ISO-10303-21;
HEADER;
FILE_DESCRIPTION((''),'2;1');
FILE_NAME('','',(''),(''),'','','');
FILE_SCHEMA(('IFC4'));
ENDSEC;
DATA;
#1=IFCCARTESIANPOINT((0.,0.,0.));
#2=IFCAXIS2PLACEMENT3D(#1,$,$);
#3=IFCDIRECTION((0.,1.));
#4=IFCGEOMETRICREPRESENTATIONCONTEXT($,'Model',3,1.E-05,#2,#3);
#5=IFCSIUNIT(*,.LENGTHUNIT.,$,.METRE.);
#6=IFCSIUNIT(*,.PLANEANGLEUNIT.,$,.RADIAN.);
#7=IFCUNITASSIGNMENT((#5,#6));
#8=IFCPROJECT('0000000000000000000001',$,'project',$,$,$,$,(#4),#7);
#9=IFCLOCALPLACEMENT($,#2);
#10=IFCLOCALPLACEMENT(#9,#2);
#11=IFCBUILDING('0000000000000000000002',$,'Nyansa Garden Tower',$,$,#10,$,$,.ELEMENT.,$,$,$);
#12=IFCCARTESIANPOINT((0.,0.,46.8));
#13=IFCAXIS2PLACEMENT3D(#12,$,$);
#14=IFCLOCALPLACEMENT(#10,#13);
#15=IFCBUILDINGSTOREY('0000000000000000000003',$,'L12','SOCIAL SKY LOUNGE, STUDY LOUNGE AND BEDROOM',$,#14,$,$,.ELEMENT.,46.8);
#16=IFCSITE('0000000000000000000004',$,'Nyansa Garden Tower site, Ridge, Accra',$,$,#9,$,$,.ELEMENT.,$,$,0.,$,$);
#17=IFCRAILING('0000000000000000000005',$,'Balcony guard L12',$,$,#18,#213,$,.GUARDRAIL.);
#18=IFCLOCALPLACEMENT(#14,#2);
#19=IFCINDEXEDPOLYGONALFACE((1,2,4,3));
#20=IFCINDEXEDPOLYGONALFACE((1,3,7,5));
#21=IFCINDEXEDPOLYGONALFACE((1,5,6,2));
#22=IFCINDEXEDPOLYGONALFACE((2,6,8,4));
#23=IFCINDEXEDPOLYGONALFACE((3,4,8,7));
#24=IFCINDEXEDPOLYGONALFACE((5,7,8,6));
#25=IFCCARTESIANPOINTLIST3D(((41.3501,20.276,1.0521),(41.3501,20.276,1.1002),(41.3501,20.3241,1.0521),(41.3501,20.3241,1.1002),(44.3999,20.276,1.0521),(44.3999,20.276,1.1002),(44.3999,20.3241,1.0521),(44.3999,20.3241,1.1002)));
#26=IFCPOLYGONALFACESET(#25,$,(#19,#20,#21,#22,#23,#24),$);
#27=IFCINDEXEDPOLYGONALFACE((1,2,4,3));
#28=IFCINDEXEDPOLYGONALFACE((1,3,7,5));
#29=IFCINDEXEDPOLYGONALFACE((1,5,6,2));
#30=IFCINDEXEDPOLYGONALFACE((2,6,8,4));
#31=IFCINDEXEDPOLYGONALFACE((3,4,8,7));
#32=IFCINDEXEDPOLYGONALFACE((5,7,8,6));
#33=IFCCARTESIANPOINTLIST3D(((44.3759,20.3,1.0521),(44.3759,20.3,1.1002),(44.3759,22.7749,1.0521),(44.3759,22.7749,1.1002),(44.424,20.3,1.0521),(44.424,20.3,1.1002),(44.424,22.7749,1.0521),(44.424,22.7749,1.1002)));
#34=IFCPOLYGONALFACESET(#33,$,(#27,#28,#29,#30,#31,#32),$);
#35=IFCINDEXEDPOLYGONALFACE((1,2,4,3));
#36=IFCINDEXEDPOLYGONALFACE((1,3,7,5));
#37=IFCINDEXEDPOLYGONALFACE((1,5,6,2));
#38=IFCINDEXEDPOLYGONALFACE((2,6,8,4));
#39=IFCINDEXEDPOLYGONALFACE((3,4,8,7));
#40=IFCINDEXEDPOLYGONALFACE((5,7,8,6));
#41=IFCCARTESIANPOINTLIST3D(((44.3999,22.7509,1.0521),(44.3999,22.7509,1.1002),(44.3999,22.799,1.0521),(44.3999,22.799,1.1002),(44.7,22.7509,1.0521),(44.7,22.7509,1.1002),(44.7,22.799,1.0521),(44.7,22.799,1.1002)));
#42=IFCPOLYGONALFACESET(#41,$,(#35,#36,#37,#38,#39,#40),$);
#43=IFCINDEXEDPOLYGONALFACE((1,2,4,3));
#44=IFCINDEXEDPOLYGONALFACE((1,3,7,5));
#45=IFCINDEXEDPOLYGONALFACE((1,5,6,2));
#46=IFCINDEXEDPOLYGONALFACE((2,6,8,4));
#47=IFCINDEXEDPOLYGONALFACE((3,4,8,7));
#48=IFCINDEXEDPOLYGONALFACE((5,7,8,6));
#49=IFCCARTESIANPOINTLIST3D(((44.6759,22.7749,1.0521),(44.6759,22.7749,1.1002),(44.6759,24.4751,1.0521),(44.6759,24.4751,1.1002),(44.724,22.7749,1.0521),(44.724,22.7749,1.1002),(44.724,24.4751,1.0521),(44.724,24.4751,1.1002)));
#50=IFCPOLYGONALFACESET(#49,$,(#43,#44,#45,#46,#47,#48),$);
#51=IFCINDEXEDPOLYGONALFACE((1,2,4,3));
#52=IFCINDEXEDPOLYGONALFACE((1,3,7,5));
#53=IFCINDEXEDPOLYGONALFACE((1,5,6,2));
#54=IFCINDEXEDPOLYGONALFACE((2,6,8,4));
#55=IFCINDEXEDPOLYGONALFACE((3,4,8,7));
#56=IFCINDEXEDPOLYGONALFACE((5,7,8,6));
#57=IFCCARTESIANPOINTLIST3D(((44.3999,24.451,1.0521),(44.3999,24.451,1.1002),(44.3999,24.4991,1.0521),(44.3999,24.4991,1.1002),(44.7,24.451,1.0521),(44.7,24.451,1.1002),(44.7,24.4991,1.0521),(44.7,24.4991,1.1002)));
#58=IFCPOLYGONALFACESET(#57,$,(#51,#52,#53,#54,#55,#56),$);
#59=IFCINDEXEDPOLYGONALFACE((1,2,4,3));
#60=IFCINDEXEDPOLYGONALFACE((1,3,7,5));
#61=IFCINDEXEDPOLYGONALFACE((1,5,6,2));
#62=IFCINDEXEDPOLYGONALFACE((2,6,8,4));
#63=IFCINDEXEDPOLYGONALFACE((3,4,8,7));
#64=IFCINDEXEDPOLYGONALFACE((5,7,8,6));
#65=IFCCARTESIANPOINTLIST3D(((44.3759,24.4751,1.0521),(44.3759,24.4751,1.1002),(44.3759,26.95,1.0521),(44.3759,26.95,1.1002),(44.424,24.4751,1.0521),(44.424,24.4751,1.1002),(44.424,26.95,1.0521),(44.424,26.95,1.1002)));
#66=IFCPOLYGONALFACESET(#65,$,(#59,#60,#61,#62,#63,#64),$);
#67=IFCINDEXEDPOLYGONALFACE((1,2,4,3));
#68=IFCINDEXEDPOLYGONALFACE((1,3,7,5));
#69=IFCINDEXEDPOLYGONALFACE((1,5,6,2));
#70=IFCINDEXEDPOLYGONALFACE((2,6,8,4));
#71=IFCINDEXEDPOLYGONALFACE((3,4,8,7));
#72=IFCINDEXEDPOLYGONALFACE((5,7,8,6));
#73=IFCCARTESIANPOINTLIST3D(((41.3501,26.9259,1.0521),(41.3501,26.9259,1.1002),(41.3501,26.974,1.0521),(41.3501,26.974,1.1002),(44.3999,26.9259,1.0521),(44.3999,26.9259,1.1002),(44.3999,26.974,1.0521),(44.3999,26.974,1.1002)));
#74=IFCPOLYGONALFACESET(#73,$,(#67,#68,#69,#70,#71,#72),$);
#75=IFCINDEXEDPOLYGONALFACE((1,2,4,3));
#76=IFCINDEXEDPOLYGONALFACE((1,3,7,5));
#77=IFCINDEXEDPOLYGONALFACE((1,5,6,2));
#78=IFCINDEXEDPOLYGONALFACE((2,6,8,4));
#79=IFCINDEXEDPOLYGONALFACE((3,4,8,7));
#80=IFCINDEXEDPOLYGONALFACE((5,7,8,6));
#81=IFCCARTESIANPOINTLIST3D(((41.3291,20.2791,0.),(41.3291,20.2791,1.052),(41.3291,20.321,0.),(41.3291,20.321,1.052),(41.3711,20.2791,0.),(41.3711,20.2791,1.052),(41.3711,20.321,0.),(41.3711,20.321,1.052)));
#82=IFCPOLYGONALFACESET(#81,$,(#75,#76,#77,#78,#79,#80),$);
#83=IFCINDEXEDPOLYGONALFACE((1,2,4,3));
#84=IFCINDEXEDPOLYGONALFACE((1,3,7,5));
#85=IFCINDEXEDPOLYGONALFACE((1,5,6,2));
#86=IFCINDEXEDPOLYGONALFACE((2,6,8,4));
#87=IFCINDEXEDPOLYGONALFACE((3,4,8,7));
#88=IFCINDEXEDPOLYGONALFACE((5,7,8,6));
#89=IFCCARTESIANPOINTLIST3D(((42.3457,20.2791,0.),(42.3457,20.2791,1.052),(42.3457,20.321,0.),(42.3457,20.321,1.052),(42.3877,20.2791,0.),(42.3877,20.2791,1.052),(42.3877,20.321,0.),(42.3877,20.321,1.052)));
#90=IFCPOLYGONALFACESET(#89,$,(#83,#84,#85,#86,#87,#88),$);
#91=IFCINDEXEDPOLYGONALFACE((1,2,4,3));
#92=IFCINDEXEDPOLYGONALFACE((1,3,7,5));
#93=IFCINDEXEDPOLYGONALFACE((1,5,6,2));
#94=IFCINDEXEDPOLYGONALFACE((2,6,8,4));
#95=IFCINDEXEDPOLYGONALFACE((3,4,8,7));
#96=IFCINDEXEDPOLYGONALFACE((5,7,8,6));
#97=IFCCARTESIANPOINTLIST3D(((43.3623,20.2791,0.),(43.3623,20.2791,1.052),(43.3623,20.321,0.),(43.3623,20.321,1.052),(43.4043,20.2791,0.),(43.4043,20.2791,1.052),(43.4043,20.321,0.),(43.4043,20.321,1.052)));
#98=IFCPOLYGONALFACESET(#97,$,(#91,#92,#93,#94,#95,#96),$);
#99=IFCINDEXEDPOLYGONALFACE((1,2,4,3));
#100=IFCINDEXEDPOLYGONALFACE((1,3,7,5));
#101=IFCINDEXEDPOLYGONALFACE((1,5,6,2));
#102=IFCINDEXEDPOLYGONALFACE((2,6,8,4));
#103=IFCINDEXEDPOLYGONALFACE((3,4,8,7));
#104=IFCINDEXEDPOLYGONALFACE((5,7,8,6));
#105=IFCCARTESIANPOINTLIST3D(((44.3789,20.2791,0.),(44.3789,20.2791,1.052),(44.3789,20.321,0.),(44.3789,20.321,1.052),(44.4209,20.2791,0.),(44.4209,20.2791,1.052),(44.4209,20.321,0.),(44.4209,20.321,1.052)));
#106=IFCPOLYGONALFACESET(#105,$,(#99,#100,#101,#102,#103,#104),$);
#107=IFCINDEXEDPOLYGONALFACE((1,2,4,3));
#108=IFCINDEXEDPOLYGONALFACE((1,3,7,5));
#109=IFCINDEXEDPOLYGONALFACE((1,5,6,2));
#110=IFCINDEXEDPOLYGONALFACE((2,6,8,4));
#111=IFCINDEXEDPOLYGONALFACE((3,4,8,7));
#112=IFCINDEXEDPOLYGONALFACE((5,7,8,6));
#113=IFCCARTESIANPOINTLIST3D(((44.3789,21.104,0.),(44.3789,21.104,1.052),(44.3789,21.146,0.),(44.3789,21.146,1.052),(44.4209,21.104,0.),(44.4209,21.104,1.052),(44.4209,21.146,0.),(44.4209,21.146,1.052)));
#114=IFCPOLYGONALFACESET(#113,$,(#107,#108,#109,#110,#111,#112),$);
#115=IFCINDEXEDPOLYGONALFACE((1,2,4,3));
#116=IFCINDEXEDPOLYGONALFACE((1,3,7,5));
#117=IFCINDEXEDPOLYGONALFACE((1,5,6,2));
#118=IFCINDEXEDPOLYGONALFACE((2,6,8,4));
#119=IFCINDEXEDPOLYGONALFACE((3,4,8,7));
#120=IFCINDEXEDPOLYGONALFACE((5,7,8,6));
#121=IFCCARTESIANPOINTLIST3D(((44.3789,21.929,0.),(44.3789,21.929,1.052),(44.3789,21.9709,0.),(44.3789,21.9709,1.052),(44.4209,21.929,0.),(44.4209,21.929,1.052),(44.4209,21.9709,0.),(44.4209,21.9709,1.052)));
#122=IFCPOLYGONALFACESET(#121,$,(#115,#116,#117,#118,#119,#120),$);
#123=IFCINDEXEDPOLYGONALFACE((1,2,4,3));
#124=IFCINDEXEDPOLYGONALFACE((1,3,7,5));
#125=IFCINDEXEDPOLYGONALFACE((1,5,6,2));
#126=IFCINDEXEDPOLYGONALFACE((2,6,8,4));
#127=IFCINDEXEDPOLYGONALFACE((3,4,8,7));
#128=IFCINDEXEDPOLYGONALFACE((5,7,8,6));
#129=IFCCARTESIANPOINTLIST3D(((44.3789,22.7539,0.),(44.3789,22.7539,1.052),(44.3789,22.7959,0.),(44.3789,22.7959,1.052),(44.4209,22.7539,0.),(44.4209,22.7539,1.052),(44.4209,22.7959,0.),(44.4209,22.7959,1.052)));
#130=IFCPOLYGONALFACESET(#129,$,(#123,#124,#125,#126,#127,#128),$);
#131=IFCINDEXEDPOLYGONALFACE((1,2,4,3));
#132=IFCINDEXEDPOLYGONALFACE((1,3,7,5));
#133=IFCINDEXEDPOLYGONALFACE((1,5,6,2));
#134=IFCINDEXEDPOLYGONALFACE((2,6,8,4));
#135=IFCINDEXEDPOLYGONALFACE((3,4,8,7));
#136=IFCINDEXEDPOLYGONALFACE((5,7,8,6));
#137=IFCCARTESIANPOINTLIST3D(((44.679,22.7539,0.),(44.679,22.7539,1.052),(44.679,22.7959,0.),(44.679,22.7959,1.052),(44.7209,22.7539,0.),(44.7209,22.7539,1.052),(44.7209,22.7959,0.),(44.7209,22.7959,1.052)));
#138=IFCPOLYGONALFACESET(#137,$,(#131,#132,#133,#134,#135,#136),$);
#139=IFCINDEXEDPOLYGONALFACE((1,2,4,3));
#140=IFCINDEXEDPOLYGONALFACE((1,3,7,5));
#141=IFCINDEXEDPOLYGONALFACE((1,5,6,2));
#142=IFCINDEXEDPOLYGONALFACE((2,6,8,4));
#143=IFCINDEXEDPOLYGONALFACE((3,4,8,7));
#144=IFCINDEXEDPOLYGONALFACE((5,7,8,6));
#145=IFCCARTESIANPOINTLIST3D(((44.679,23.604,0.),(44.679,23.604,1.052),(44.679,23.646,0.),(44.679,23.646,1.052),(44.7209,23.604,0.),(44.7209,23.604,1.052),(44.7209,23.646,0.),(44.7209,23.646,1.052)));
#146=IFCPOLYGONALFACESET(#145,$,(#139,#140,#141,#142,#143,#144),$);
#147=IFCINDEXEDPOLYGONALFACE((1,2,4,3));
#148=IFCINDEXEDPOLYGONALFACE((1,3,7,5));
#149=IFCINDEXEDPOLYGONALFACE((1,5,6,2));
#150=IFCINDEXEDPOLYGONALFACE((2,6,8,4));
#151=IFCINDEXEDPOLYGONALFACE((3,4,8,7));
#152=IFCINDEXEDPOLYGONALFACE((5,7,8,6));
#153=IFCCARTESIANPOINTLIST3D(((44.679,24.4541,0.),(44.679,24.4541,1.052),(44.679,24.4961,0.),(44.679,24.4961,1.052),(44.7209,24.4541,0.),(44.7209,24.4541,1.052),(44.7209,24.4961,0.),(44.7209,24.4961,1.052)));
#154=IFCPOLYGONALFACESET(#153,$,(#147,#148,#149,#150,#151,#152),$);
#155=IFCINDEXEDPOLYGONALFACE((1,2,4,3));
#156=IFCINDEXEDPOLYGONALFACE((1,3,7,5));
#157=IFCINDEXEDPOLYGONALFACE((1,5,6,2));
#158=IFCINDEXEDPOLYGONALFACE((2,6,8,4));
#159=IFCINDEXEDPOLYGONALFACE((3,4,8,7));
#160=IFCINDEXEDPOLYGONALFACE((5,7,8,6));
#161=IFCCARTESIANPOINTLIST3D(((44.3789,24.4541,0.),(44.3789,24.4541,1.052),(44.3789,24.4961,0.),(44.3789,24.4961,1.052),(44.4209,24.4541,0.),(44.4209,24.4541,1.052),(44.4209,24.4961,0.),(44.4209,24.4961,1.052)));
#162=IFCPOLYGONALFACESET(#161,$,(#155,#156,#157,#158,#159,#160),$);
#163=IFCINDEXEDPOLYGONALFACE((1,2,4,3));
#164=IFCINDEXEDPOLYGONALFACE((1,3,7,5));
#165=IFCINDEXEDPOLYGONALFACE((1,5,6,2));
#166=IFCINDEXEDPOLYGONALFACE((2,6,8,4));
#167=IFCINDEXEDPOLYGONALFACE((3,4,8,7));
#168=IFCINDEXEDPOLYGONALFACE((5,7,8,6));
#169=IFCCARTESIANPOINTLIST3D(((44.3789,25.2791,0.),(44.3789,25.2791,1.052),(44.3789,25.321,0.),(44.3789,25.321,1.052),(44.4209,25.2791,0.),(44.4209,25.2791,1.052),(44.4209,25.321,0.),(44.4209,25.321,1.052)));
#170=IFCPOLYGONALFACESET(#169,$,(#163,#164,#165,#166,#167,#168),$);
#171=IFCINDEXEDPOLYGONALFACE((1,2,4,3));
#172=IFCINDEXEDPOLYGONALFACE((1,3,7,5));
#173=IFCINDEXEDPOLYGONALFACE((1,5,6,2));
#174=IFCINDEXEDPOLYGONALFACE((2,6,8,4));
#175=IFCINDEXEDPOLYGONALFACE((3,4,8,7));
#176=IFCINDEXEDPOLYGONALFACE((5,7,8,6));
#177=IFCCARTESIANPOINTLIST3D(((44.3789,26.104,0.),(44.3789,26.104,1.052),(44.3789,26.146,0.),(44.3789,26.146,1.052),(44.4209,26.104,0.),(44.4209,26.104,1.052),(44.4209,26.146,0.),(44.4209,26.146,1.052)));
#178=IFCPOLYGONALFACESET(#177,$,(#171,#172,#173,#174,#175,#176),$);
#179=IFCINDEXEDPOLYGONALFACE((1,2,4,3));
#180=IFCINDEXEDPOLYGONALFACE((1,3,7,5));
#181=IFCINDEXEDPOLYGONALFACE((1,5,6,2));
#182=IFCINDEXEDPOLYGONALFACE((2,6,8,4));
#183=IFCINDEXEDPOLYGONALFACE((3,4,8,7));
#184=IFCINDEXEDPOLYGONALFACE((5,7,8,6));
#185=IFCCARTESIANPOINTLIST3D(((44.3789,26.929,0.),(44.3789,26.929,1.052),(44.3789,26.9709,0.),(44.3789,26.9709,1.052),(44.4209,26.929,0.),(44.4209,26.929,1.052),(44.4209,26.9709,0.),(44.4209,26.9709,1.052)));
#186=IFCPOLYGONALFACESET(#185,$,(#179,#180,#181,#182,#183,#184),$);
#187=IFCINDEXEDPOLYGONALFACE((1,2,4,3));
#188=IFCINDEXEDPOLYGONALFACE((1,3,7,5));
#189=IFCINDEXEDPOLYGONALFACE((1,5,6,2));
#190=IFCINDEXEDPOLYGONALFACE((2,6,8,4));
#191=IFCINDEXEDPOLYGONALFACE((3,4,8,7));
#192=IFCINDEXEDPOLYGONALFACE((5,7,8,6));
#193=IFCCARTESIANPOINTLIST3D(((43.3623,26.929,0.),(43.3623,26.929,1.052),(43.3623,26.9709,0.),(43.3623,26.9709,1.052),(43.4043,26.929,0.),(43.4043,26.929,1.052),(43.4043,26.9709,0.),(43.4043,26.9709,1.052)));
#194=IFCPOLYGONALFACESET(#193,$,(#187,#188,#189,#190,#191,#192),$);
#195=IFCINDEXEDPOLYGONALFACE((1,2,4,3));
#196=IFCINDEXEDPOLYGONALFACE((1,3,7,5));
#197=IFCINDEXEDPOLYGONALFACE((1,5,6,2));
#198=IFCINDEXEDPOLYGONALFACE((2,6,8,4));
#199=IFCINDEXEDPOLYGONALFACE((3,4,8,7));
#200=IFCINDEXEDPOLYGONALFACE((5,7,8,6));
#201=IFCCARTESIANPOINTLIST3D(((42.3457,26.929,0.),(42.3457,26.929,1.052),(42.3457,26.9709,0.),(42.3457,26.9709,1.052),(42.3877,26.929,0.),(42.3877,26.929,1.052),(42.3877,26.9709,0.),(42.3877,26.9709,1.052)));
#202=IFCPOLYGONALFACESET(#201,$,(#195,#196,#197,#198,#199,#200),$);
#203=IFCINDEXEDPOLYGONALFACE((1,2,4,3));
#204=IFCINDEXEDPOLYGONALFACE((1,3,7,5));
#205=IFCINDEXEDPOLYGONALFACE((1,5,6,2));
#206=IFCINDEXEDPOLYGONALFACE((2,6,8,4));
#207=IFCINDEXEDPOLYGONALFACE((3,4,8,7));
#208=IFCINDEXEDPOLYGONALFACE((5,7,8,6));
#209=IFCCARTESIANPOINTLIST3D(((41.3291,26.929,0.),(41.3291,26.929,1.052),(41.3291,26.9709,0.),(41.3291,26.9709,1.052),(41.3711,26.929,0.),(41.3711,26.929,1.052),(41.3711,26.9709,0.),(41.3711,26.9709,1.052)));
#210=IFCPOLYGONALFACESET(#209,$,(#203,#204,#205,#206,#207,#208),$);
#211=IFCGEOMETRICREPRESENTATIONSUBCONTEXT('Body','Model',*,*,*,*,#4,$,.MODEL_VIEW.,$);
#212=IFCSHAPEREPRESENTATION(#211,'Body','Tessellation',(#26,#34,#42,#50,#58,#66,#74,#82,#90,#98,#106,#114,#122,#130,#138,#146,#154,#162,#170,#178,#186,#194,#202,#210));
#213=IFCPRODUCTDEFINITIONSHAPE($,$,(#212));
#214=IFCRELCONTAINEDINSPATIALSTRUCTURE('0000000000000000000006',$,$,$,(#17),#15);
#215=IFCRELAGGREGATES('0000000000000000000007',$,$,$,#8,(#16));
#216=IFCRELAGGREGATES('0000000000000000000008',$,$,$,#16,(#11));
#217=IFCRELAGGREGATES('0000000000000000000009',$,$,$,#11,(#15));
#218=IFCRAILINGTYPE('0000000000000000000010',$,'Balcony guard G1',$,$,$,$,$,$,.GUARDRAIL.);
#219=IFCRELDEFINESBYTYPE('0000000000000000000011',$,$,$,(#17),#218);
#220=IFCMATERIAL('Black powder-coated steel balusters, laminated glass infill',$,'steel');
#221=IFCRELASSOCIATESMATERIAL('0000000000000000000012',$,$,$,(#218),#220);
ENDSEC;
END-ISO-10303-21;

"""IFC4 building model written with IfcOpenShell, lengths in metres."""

from ifc_helpers import new_model, si_unit, direction, frame, origin, origin_2d, place, context, subcontext, project, spatial, rectangle, extrude, material, type_object, element, save


model = new_model("IFC4")

# Units and contexts
model_context = context("Model", 3, precision=1e-05, world=origin(), true_north=direction((0.0, 1.0)))
body_context = subcontext(model_context, "Body", "Model", "MODEL_VIEW")
ifc_project = project(units=[si_unit("LENGTHUNIT", "METRE"), si_unit("PLANEANGLEUNIT", "RADIAN")], contexts=[model_context])

# Site, building, storey
site_placement = place(None, origin())
site = spatial("IfcSite", under=ifc_project, at=site_placement, Name="Nyansa Garden Tower site, Ridge, Accra", CompositionType="ELEMENT", RefElevation=0.0)
building_placement = place(site_placement, origin())
building = spatial("IfcBuilding", under=site, at=building_placement, Name="Nyansa Garden Tower", CompositionType="ELEMENT")
storey_placement = place(building_placement, frame((0.0, 0.0, 46.8)))
storey = spatial("IfcBuildingStorey", under=building, at=storey_placement, Name="L12", Description="SOCIAL SKY LOUNGE, STUDY LOUNGE AND BEDROOM", CompositionType="ELEMENT", Elevation=46.8)

# Railing
ifc_material_1 = material(Name="Black powder-coated steel balusters, laminated glass infill", Category="steel")
railing_type = type_object("IfcRailingType", Name="Balcony guard G1", PredefinedType="GUARDRAIL", material=ifc_material_1)
railing_placement = place(storey_placement, frame((41.3501, 20.3, 0.0)))
element("IfcRailing", 1, at=railing_placement, inside=storey, type_object=railing_type, Name="Balcony guard L12", PredefinedType="GUARDRAIL", context=body_context, shape_type="SweptSolid", body=[
    extrude(rectangle(XDim=0.0481, YDim=0.0481, at=origin_2d()), frame((0.0, 0.0, 1.0762), z_axis=(1.0, 0.0, 0.0), x_axis=(0.0, 1.0, 0.0)), (0.0, 0.0, 1.0), 3.0498),
    extrude(rectangle(XDim=0.0481, YDim=0.0481, at=origin_2d()), frame((3.0498, 0.0, 1.0762), z_axis=(0.0, 1.0, 0.0), x_axis=(-1.0, 0.0, 0.0)), (0.0, 0.0, 1.0), 2.4749),
    extrude(rectangle(XDim=0.0481, YDim=0.0481, at=origin_2d()), frame((3.0498, 2.4749, 1.0762), z_axis=(1.0, 0.0, 0.0), x_axis=(0.0, 1.0, 0.0)), (0.0, 0.0, 1.0), 0.3),
    extrude(rectangle(XDim=0.0481, YDim=0.0481, at=origin_2d()), frame((3.3499, 2.4749, 1.0762), z_axis=(0.0, 1.0, 0.0), x_axis=(-1.0, 0.0, 0.0)), (0.0, 0.0, 1.0), 1.7002),
    extrude(rectangle(XDim=0.0481, YDim=0.0481, at=origin_2d()), frame((3.3499, 4.175, 1.0762), z_axis=(-1.0, 0.0, 0.0), x_axis=(0.0, -1.0, 0.0)), (0.0, 0.0, 1.0), 0.3),
    extrude(rectangle(XDim=0.0481, YDim=0.0481, at=origin_2d()), frame((3.0498, 4.175, 1.0762), z_axis=(0.0, 1.0, 0.0), x_axis=(-1.0, 0.0, 0.0)), (0.0, 0.0, 1.0), 2.4749),
    extrude(rectangle(XDim=0.0481, YDim=0.0481, at=origin_2d()), frame((3.0498, 6.6499, 1.0762), z_axis=(-1.0, 0.0, 0.0), x_axis=(0.0, -1.0, 0.0)), (0.0, 0.0, 1.0), 3.0498),
    extrude(rectangle(XDim=0.042, YDim=0.042, at=origin_2d()), origin(), (0.0, 0.0, 1.0), 1.052),
    extrude(rectangle(XDim=0.042, YDim=0.042, at=origin_2d()), frame((1.0166, 0.0, 0.0)), (0.0, 0.0, 1.0), 1.052),
    extrude(rectangle(XDim=0.042, YDim=0.042, at=origin_2d()), frame((2.0332, 0.0, 0.0)), (0.0, 0.0, 1.0), 1.052),
    extrude(rectangle(XDim=0.042, YDim=0.042, at=origin_2d()), frame((3.0498, 0.0, 0.0)), (0.0, 0.0, 1.0), 1.052),
    extrude(rectangle(XDim=0.042, YDim=0.042, at=origin_2d()), frame((3.0498, 0.825, 0.0)), (0.0, 0.0, 1.0), 1.052),
    extrude(rectangle(XDim=0.042, YDim=0.042, at=origin_2d()), frame((3.0498, 1.6499, 0.0)), (0.0, 0.0, 1.0), 1.052),
    extrude(rectangle(XDim=0.042, YDim=0.042, at=origin_2d()), frame((3.0498, 2.4749, 0.0)), (0.0, 0.0, 1.0), 1.052),
    extrude(rectangle(XDim=0.042, YDim=0.042, at=origin_2d()), frame((3.3499, 2.4749, 0.0)), (0.0, 0.0, 1.0), 1.052),
    extrude(rectangle(XDim=0.042, YDim=0.042, at=origin_2d()), frame((3.3499, 3.325, 0.0)), (0.0, 0.0, 1.0), 1.052),
    extrude(rectangle(XDim=0.042, YDim=0.042, at=origin_2d()), frame((3.3499, 4.175, 0.0)), (0.0, 0.0, 1.0), 1.052),
    extrude(rectangle(XDim=0.042, YDim=0.042, at=origin_2d()), frame((3.0498, 4.175, 0.0)), (0.0, 0.0, 1.0), 1.052),
    extrude(rectangle(XDim=0.042, YDim=0.042, at=origin_2d()), frame((3.0498, 5.0, 0.0)), (0.0, 0.0, 1.0), 1.052),
    extrude(rectangle(XDim=0.042, YDim=0.042, at=origin_2d()), frame((3.0498, 5.825, 0.0)), (0.0, 0.0, 1.0), 1.052),
    extrude(rectangle(XDim=0.042, YDim=0.042, at=origin_2d()), frame((3.0498, 6.6499, 0.0)), (0.0, 0.0, 1.0), 1.052),
    extrude(rectangle(XDim=0.042, YDim=0.042, at=origin_2d()), frame((2.0332, 6.6499, 0.0)), (0.0, 0.0, 1.0), 1.052),
    extrude(rectangle(XDim=0.042, YDim=0.042, at=origin_2d()), frame((1.0166, 6.6499, 0.0)), (0.0, 0.0, 1.0), 1.052),
    extrude(rectangle(XDim=0.042, YDim=0.042, at=origin_2d()), frame((0.0, 6.6499, 0.0)), (0.0, 0.0, 1.0), 1.052),
])

save(model, "model.ifc")
